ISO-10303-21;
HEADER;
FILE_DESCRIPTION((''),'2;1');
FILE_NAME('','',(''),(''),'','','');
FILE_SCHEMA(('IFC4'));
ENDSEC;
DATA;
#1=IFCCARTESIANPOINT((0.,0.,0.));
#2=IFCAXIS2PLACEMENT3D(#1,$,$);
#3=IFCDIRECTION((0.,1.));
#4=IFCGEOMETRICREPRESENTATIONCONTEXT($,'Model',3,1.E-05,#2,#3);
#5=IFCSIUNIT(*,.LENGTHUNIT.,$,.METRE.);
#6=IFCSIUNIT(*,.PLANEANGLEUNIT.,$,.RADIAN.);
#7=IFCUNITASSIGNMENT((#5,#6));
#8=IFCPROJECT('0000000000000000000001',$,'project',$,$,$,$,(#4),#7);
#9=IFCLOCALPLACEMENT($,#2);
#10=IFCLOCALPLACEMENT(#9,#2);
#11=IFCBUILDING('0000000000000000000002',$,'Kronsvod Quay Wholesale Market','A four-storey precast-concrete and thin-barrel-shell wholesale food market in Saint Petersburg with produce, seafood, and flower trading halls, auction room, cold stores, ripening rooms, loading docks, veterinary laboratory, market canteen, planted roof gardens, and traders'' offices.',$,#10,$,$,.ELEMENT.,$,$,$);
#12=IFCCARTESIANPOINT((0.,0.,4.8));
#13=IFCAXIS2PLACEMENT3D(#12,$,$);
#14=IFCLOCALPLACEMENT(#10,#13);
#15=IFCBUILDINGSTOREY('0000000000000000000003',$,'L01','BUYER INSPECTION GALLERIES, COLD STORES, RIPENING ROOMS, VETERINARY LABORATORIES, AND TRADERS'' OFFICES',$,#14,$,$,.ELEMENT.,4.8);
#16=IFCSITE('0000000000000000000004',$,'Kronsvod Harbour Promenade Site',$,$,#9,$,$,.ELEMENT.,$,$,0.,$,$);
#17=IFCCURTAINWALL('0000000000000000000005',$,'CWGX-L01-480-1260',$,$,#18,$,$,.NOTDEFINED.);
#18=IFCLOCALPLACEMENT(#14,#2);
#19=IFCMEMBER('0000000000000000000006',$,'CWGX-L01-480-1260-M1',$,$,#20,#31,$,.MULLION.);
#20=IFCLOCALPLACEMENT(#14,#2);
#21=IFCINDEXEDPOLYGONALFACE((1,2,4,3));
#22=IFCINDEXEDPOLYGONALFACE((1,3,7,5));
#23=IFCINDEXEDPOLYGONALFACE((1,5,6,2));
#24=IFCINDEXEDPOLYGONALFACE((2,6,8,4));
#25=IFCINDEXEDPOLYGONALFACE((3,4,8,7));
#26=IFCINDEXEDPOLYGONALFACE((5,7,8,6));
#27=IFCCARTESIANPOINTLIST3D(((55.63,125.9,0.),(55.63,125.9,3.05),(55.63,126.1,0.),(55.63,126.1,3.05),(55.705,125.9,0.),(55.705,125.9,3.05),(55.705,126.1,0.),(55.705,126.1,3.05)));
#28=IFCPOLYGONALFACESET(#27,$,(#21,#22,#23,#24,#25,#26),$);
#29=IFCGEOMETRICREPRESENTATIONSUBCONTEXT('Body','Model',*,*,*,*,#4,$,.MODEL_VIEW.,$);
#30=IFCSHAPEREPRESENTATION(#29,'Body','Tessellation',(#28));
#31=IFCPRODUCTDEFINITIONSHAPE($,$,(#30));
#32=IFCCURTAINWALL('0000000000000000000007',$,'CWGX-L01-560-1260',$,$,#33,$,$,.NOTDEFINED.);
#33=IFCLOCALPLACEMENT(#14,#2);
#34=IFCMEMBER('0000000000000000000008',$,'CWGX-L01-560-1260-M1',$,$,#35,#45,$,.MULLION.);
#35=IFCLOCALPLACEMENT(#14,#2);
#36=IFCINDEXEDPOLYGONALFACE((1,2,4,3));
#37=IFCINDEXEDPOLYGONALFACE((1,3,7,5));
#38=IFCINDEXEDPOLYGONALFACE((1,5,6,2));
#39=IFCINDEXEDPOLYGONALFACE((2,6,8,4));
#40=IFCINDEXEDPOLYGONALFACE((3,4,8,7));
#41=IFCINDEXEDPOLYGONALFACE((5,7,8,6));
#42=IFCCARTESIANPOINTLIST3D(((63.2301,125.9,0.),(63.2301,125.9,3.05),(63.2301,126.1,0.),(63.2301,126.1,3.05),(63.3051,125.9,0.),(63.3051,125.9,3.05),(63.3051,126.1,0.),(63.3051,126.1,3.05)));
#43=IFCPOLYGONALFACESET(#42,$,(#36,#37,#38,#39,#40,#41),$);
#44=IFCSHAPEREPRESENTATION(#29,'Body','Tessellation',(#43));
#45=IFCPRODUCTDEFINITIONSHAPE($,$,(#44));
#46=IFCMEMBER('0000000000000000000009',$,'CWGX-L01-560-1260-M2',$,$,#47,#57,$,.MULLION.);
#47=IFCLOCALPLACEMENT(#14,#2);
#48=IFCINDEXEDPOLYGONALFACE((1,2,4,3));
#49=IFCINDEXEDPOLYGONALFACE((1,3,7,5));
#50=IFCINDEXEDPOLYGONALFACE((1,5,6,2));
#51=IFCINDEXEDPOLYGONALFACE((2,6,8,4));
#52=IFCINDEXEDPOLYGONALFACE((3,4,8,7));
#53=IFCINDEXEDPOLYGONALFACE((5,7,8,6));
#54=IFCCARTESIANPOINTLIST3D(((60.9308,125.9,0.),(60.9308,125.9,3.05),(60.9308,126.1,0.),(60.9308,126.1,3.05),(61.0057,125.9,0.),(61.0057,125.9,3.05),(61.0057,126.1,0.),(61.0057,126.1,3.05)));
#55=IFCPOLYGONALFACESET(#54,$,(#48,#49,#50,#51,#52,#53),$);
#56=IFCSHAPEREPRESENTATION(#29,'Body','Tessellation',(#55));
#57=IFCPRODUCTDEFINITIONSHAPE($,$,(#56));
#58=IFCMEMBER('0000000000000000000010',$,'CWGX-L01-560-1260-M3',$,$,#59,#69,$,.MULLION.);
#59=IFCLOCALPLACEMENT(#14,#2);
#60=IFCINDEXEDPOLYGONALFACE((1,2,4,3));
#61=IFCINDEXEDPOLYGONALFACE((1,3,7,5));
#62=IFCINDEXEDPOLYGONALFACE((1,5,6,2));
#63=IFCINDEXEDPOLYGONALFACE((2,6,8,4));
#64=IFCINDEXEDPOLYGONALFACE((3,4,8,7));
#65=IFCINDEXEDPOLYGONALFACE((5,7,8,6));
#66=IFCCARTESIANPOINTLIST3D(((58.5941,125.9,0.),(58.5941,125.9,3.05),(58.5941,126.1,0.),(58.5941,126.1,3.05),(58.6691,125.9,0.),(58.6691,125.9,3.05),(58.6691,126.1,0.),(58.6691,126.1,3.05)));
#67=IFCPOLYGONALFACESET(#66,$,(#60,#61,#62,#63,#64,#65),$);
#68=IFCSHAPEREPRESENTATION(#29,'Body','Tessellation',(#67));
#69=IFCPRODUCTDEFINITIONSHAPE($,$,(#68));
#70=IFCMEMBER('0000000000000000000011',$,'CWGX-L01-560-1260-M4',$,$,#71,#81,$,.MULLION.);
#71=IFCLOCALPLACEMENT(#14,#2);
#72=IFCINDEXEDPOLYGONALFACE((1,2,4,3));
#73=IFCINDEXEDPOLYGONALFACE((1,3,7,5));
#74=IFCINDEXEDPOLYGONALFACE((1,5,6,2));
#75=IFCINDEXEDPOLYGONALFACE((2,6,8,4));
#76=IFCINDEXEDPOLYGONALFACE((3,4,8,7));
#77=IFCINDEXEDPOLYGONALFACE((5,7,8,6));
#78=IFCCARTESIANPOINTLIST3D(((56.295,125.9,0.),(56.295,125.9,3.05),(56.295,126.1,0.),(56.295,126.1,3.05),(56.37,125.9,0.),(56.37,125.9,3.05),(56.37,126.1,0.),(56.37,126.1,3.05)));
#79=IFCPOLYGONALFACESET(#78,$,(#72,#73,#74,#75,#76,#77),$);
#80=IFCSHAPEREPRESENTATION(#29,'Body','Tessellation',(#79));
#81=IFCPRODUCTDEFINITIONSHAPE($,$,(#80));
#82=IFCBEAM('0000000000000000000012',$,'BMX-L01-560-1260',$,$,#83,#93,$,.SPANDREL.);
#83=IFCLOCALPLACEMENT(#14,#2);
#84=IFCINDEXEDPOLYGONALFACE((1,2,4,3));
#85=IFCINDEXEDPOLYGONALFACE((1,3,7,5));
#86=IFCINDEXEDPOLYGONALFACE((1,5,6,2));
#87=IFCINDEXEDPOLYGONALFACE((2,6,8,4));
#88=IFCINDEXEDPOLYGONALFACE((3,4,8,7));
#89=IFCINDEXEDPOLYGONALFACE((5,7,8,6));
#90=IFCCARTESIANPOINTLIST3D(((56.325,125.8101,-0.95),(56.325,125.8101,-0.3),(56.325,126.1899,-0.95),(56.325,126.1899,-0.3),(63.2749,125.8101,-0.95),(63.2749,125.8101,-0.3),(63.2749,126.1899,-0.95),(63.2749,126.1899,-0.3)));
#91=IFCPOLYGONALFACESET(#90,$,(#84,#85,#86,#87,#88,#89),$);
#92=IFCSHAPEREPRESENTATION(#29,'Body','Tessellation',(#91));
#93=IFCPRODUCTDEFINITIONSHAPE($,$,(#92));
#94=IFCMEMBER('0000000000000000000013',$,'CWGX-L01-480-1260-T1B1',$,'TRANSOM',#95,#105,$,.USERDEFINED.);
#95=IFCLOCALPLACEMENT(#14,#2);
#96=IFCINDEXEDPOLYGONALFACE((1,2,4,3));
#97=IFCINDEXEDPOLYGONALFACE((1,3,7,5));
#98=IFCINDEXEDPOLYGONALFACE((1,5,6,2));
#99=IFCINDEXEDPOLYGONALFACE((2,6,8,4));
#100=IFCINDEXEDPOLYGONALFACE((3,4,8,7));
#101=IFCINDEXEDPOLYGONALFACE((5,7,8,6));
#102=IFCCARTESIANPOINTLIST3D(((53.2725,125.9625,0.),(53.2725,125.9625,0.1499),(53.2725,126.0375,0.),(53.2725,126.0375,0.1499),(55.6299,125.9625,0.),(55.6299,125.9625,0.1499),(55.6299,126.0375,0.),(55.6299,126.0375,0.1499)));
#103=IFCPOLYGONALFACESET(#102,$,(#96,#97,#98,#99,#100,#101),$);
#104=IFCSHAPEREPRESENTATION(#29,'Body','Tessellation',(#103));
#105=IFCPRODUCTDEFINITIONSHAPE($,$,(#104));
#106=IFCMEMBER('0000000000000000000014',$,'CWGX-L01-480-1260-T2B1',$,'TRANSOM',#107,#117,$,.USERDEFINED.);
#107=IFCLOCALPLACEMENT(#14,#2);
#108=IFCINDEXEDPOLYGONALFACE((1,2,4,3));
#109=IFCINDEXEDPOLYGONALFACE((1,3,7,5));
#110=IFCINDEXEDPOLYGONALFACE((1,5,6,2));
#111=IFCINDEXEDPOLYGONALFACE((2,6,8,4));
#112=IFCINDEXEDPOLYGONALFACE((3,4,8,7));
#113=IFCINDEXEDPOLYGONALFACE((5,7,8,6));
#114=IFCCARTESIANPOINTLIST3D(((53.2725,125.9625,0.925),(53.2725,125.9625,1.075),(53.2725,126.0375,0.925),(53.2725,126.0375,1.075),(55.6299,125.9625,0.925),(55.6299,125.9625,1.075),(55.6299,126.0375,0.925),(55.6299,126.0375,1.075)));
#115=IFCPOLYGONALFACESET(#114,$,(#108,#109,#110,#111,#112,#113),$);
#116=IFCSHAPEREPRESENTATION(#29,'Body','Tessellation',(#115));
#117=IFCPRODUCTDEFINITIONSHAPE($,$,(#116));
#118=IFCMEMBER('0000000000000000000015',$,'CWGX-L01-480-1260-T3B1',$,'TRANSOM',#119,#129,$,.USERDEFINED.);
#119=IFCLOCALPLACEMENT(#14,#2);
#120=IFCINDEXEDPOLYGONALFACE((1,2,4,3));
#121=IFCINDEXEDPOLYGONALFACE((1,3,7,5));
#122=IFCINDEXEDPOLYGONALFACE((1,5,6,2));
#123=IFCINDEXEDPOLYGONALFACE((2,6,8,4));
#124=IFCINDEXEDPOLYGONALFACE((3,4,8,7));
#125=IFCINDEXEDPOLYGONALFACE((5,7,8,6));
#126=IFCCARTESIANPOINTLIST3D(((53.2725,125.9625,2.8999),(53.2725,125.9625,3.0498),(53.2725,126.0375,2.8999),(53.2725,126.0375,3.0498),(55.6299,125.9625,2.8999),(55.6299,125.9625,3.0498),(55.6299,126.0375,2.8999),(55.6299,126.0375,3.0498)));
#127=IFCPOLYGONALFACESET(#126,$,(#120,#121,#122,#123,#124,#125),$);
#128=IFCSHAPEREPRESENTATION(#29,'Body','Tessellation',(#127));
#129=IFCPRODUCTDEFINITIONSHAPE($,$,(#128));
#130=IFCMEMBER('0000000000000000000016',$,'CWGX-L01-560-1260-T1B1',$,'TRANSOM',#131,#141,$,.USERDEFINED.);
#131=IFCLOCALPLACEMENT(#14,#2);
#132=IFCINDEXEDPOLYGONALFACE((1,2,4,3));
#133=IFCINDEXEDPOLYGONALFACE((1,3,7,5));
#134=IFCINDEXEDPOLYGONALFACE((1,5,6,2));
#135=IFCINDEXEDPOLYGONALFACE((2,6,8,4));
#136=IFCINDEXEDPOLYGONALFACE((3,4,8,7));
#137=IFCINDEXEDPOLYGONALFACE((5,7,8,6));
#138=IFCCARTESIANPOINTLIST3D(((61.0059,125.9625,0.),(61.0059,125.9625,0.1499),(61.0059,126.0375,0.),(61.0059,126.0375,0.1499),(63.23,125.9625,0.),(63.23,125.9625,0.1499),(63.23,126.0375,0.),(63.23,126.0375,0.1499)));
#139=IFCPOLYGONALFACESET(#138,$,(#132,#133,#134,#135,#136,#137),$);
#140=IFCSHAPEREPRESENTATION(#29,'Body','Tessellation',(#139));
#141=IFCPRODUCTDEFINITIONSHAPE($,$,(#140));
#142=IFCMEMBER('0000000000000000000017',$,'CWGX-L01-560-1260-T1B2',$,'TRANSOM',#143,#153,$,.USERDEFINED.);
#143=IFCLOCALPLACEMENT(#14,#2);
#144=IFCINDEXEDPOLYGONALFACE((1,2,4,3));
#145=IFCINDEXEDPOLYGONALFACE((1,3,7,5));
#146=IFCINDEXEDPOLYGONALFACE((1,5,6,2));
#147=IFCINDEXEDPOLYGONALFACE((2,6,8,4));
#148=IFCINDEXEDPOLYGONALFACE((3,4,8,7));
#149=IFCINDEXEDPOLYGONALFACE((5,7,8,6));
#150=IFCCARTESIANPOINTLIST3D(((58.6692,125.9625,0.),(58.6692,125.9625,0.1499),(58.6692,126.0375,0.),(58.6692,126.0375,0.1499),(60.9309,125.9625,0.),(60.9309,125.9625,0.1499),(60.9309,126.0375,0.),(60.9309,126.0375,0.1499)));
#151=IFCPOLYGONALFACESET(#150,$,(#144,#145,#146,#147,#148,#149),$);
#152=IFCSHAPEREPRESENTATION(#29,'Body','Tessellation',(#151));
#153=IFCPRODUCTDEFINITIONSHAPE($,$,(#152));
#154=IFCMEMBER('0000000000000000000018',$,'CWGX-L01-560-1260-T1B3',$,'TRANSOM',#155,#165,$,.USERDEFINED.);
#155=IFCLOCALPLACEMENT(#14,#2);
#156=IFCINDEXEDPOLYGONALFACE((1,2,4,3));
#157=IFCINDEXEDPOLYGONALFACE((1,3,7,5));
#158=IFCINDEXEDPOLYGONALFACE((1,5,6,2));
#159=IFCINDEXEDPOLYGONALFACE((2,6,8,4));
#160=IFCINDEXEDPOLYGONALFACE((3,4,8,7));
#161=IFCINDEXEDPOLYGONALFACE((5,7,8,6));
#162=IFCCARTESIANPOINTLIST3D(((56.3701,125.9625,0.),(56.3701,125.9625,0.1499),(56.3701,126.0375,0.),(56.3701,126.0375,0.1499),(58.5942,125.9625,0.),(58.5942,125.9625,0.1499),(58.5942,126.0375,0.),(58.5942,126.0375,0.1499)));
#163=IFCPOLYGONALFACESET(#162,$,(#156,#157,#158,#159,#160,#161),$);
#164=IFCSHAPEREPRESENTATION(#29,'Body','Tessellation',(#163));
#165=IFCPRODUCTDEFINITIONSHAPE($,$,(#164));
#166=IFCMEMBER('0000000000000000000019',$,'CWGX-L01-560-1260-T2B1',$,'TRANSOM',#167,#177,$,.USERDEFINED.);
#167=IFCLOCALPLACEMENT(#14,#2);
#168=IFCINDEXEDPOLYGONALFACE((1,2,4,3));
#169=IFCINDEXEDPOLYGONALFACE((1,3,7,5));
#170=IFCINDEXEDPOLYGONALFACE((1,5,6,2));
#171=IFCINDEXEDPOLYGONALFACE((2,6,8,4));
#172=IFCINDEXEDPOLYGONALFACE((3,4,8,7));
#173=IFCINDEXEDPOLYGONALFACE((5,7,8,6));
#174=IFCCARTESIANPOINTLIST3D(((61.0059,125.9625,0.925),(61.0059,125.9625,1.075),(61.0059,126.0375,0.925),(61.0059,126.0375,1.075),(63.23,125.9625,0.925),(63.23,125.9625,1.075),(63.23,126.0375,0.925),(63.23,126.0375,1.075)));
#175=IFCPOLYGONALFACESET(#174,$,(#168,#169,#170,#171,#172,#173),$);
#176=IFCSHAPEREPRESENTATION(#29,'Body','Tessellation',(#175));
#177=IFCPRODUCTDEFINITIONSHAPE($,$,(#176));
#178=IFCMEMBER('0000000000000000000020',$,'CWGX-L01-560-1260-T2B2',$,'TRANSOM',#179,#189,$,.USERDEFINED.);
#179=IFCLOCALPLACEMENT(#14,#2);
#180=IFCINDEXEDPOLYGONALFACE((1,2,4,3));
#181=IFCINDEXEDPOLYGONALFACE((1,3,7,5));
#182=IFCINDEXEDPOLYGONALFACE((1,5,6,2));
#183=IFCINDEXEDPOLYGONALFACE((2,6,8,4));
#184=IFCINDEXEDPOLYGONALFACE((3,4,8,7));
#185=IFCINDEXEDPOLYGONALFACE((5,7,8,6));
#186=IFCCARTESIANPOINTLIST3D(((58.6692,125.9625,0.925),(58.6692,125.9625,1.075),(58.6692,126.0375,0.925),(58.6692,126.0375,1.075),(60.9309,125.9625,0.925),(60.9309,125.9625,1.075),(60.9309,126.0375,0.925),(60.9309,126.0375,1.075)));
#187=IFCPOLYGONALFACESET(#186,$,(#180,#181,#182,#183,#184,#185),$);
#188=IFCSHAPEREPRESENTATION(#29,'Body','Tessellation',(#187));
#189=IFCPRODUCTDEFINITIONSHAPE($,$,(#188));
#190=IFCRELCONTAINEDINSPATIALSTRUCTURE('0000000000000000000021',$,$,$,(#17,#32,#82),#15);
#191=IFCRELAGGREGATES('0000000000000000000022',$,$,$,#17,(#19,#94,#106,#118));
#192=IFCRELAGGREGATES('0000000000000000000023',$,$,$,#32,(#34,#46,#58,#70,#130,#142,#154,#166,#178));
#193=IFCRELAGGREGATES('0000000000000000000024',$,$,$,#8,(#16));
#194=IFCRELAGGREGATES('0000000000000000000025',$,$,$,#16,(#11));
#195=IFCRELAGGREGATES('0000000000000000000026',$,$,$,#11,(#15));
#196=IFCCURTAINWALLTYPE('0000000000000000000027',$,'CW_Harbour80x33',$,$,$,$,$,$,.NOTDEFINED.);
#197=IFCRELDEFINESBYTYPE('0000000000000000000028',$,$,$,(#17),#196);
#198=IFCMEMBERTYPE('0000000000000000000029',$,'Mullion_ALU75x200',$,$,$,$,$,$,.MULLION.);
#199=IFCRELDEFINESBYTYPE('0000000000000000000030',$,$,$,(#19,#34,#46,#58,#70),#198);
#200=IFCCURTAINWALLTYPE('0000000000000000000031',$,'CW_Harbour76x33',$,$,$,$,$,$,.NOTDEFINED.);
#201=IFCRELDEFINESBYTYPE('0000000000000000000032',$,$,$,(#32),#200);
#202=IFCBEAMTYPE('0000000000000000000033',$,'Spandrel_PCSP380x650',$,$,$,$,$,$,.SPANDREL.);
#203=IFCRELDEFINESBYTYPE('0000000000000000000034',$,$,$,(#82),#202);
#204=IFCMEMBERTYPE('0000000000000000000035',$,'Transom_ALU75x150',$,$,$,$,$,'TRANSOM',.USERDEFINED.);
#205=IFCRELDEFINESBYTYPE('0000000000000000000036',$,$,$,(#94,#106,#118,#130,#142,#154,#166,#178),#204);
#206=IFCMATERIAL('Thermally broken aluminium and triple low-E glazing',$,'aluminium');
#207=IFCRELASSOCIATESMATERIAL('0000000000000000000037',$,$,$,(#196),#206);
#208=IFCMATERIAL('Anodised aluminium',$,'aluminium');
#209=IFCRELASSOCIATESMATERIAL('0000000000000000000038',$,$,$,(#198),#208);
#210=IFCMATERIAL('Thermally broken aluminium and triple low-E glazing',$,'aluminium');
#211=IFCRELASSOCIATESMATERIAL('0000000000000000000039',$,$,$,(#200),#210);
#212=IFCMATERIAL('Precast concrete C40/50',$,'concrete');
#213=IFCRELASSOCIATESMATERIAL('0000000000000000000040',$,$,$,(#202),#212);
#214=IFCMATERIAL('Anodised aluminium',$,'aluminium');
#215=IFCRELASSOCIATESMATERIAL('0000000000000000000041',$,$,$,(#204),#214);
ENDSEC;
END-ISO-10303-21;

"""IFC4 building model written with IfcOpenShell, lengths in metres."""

from ifc_helpers import new_model, si_unit, direction, frame, origin, origin_2d, place, context, subcontext, project, spatial, rectangle, extrude, material, material_profile, profile_set, type_object, element, aggregate, save


model = new_model("IFC4")

# Units and contexts
model_context = context("Model", 3, precision=1e-05, world=origin(), true_north=direction((0.0, 1.0)))
body_context = subcontext(model_context, "Body", "Model", "MODEL_VIEW")
ifc_project = project(units=[si_unit("LENGTHUNIT", "METRE"), si_unit("PLANEANGLEUNIT", "RADIAN")], contexts=[model_context])

# Site, building, storey
site_placement = place(None, origin())
site = spatial("IfcSite", under=ifc_project, at=site_placement, Name="Kronsvod Harbour Promenade Site", CompositionType="ELEMENT", RefElevation=0.0)
building_placement = place(site_placement, origin())
building = spatial("IfcBuilding", under=site, at=building_placement, Name="Kronsvod Quay Wholesale Market", Description="A four-storey precast-concrete and thin-barrel-shell wholesale food market in Saint Petersburg with produce, seafood, and flower trading halls, auction room, cold stores, ripening rooms, loading docks, veterinary laboratory, market canteen, planted roof gardens, and traders' offices.", CompositionType="ELEMENT")
storey_placement = place(building_placement, frame((0.0, 0.0, 4.8)))
storey = spatial("IfcBuildingStorey", under=building, at=storey_placement, Name="L01", Description="BUYER INSPECTION GALLERIES, COLD STORES, RIPENING ROOMS, VETERINARY LABORATORIES, AND TRADERS' OFFICES", CompositionType="ELEMENT", Elevation=4.8)

# Curtain wall, member
ifc_material_1 = material(Name="Thermally broken aluminium and triple low-E glazing", Category="aluminium")
curtain_wall_type_1 = type_object("IfcCurtainWallType", Name="CW_Harbour80x33", PredefinedType="NOTDEFINED", material=ifc_material_1)
curtain_wall_1_placement = place(storey_placement, origin())
curtain_wall_1 = element("IfcCurtainWall", 1, at=curtain_wall_1_placement, inside=storey, type_object=curtain_wall_type_1, Name="CWGX-L01-480-1260", PredefinedType="NOTDEFINED")
ifc_material_2 = material(Name="Anodised aluminium", Category="aluminium")
ifc_material_profile_1 = material_profile(ifc_material_2, rectangle(XDim=0.075, YDim=0.2, at=origin_2d()), Name="ALUM75x200")
ifc_profile_set_1 = profile_set([ifc_material_profile_1], Name="Anodised aluminium")
member_type_1 = type_object("IfcMemberType", Name="Mullion_ALU75x200", PredefinedType="MULLION", material=ifc_profile_set_1)
member_1_placement = place(storey_placement, frame((55.6675, 126.0, 0.0), z_axis=(0.0, 0.0, 1.0), x_axis=(1.0, 0.0, 0.0)))
member_1 = element("IfcMember", 2, at=member_1_placement, type_object=member_type_1, Name="CWGX-L01-480-1260-M1", PredefinedType="MULLION", context=body_context, shape_type="SweptSolid", body=[
    extrude(rectangle(XDim=0.075, YDim=0.2, at=origin_2d()), origin(), (0.0, 0.0, 1.0), 3.05),
])

# Curtain wall, members
ifc_material_3 = material(Name="Thermally broken aluminium and triple low-E glazing", Category="aluminium")
curtain_wall_type_2 = type_object("IfcCurtainWallType", Name="CW_Harbour76x33", PredefinedType="NOTDEFINED", material=ifc_material_3)
curtain_wall_2_placement = place(storey_placement, origin())
curtain_wall_2 = element("IfcCurtainWall", 3, at=curtain_wall_2_placement, inside=storey, type_object=curtain_wall_type_2, Name="CWGX-L01-560-1260", PredefinedType="NOTDEFINED")
member_2_placement = place(storey_placement, frame((63.2676, 126.0, 0.0), z_axis=(0.0, 0.0, 1.0), x_axis=(1.0, 0.0, 0.0)))
member_2 = element("IfcMember", 4, at=member_2_placement, type_object=member_type_1, Name="CWGX-L01-560-1260-M1", PredefinedType="MULLION", context=body_context, shape_type="SweptSolid", body=[
    extrude(rectangle(XDim=0.075, YDim=0.2, at=origin_2d()), origin(), (0.0, 0.0, 1.0), 3.05),
])
member_3_placement = place(storey_placement, frame((60.9683, 126.0, 0.0), z_axis=(0.0, 0.0, 1.0), x_axis=(1.0, 0.0, 0.0)))
member_3 = element("IfcMember", 5, at=member_3_placement, type_object=member_type_1, Name="CWGX-L01-560-1260-M2", PredefinedType="MULLION", context=body_context, shape_type="SweptSolid", body=[
    extrude(rectangle(XDim=0.075, YDim=0.2, at=origin_2d()), origin(), (0.0, 0.0, 1.0), 3.05),
])
member_4_placement = place(storey_placement, frame((58.6316, 126.0, 0.0), z_axis=(0.0, 0.0, 1.0), x_axis=(1.0, 0.0, 0.0)))
member_4 = element("IfcMember", 6, at=member_4_placement, type_object=member_type_1, Name="CWGX-L01-560-1260-M3", PredefinedType="MULLION", context=body_context, shape_type="SweptSolid", body=[
    extrude(rectangle(XDim=0.075, YDim=0.2, at=origin_2d()), origin(), (0.0, 0.0, 1.0), 3.05),
])
member_5_placement = place(storey_placement, frame((56.3325, 126.0, 0.0), z_axis=(0.0, 0.0, 1.0), x_axis=(1.0, 0.0, 0.0)))
member_5 = element("IfcMember", 7, at=member_5_placement, type_object=member_type_1, Name="CWGX-L01-560-1260-M4", PredefinedType="MULLION", context=body_context, shape_type="SweptSolid", body=[
    extrude(rectangle(XDim=0.075, YDim=0.2, at=origin_2d()), origin(), (0.0, 0.0, 1.0), 3.05),
])

# Beam
ifc_material_4 = material(Name="Precast concrete C40/50", Category="concrete")
ifc_material_profile_2 = material_profile(ifc_material_4, rectangle(XDim=0.3799, YDim=0.6499, at=origin_2d()), Name="SPB-03")
ifc_profile_set_2 = profile_set([ifc_material_profile_2], Name="Precast concrete C40/50")
beam_type_1 = type_object("IfcBeamType", Name="Spandrel_PCSP380x650", PredefinedType="SPANDREL", material=ifc_profile_set_2)
beam_1_placement = place(storey_placement, frame((56.325, 126.0, -0.625), z_axis=(1.0, 0.0, 0.0), x_axis=(0.0, 1.0, 0.0)))
element("IfcBeam", 8, at=beam_1_placement, inside=storey, type_object=beam_type_1, Name="BMX-L01-560-1260", PredefinedType="SPANDREL", context=body_context, shape_type="SweptSolid", body=[
    extrude(rectangle(XDim=0.3799, YDim=0.6499, at=origin_2d()), origin(), (0.0, 0.0, 1.0), 6.95),
])

# Members
ifc_material_5 = material(Name="Anodised aluminium", Category="aluminium")
ifc_material_profile_3 = material_profile(ifc_material_5, rectangle(XDim=0.075, YDim=0.1499, at=origin_2d()), Name="ALUT75x150")
ifc_profile_set_3 = profile_set([ifc_material_profile_3], Name="Anodised aluminium")
member_type_2 = type_object("IfcMemberType", Name="Transom_ALU75x150", ElementType="TRANSOM", PredefinedType="USERDEFINED", material=ifc_profile_set_3)
member_6_placement = place(storey_placement, frame((55.6299, 126.0, 0.075), z_axis=(-1.0, 0.0, 0.0), x_axis=(0.0, -1.0, 0.0)))
member_6 = element("IfcMember", 9, at=member_6_placement, type_object=member_type_2, Name="CWGX-L01-480-1260-T1B1", ObjectType="TRANSOM", PredefinedType="USERDEFINED", context=body_context, shape_type="SweptSolid", body=[
    extrude(rectangle(XDim=0.075, YDim=0.1499, at=origin_2d()), origin(), (0.0, 0.0, 1.0), 2.3574),
])
member_7_placement = place(storey_placement, frame((55.6299, 126.0, 1.0), z_axis=(-1.0, 0.0, 0.0), x_axis=(0.0, -1.0, 0.0)))
member_7 = element("IfcMember", 10, at=member_7_placement, type_object=member_type_2, Name="CWGX-L01-480-1260-T2B1", ObjectType="TRANSOM", PredefinedType="USERDEFINED", context=body_context, shape_type="SweptSolid", body=[
    extrude(rectangle(XDim=0.075, YDim=0.1499, at=origin_2d()), origin(), (0.0, 0.0, 1.0), 2.3574),
])
member_8_placement = place(storey_placement, frame((55.6299, 126.0, 2.9749), z_axis=(-1.0, 0.0, 0.0), x_axis=(0.0, -1.0, 0.0)))
member_8 = element("IfcMember", 11, at=member_8_placement, type_object=member_type_2, Name="CWGX-L01-480-1260-T3B1", ObjectType="TRANSOM", PredefinedType="USERDEFINED", context=body_context, shape_type="SweptSolid", body=[
    extrude(rectangle(XDim=0.075, YDim=0.1499, at=origin_2d()), origin(), (0.0, 0.0, 1.0), 2.3574),
])
aggregate(curtain_wall_1, [member_1, member_6, member_7, member_8])
member_9_placement = place(storey_placement, frame((63.23, 126.0, 0.075), z_axis=(-1.0, 0.0, 0.0), x_axis=(0.0, -1.0, 0.0)))
member_9 = element("IfcMember", 12, at=member_9_placement, type_object=member_type_2, Name="CWGX-L01-560-1260-T1B1", ObjectType="TRANSOM", PredefinedType="USERDEFINED", context=body_context, shape_type="SweptSolid", body=[
    extrude(rectangle(XDim=0.075, YDim=0.1499, at=origin_2d()), origin(), (0.0, 0.0, 1.0), 2.2241),
])
member_10_placement = place(storey_placement, frame((60.9309, 126.0, 0.075), z_axis=(-1.0, 0.0, 0.0), x_axis=(0.0, -1.0, 0.0)))
member_10 = element("IfcMember", 13, at=member_10_placement, type_object=member_type_2, Name="CWGX-L01-560-1260-T1B2", ObjectType="TRANSOM", PredefinedType="USERDEFINED", context=body_context, shape_type="SweptSolid", body=[
    extrude(rectangle(XDim=0.075, YDim=0.1499, at=origin_2d()), origin(), (0.0, 0.0, 1.0), 2.2617),
])
member_11_placement = place(storey_placement, frame((58.5942, 126.0, 0.075), z_axis=(-1.0, 0.0, 0.0), x_axis=(0.0, -1.0, 0.0)))
member_11 = element("IfcMember", 14, at=member_11_placement, type_object=member_type_2, Name="CWGX-L01-560-1260-T1B3", ObjectType="TRANSOM", PredefinedType="USERDEFINED", context=body_context, shape_type="SweptSolid", body=[
    extrude(rectangle(XDim=0.075, YDim=0.1499, at=origin_2d()), origin(), (0.0, 0.0, 1.0), 2.2241),
])
member_12_placement = place(storey_placement, frame((63.23, 126.0, 1.0), z_axis=(-1.0, 0.0, 0.0), x_axis=(0.0, -1.0, 0.0)))
member_12 = element("IfcMember", 15, at=member_12_placement, type_object=member_type_2, Name="CWGX-L01-560-1260-T2B1", ObjectType="TRANSOM", PredefinedType="USERDEFINED", context=body_context, shape_type="SweptSolid", body=[
    extrude(rectangle(XDim=0.075, YDim=0.1499, at=origin_2d()), origin(), (0.0, 0.0, 1.0), 2.2241),
])
member_13_placement = place(storey_placement, frame((60.9309, 126.0, 1.0), z_axis=(-1.0, 0.0, 0.0), x_axis=(0.0, -1.0, 0.0)))
member_13 = element("IfcMember", 16, at=member_13_placement, type_object=member_type_2, Name="CWGX-L01-560-1260-T2B2", ObjectType="TRANSOM", PredefinedType="USERDEFINED", context=body_context, shape_type="SweptSolid", body=[
    extrude(rectangle(XDim=0.075, YDim=0.1499, at=origin_2d()), origin(), (0.0, 0.0, 1.0), 2.2617),
])

aggregate(curtain_wall_2, [member_2, member_3, member_4, member_5, member_9, member_10, member_11, member_12, member_13])

save(model, "model.ifc")
